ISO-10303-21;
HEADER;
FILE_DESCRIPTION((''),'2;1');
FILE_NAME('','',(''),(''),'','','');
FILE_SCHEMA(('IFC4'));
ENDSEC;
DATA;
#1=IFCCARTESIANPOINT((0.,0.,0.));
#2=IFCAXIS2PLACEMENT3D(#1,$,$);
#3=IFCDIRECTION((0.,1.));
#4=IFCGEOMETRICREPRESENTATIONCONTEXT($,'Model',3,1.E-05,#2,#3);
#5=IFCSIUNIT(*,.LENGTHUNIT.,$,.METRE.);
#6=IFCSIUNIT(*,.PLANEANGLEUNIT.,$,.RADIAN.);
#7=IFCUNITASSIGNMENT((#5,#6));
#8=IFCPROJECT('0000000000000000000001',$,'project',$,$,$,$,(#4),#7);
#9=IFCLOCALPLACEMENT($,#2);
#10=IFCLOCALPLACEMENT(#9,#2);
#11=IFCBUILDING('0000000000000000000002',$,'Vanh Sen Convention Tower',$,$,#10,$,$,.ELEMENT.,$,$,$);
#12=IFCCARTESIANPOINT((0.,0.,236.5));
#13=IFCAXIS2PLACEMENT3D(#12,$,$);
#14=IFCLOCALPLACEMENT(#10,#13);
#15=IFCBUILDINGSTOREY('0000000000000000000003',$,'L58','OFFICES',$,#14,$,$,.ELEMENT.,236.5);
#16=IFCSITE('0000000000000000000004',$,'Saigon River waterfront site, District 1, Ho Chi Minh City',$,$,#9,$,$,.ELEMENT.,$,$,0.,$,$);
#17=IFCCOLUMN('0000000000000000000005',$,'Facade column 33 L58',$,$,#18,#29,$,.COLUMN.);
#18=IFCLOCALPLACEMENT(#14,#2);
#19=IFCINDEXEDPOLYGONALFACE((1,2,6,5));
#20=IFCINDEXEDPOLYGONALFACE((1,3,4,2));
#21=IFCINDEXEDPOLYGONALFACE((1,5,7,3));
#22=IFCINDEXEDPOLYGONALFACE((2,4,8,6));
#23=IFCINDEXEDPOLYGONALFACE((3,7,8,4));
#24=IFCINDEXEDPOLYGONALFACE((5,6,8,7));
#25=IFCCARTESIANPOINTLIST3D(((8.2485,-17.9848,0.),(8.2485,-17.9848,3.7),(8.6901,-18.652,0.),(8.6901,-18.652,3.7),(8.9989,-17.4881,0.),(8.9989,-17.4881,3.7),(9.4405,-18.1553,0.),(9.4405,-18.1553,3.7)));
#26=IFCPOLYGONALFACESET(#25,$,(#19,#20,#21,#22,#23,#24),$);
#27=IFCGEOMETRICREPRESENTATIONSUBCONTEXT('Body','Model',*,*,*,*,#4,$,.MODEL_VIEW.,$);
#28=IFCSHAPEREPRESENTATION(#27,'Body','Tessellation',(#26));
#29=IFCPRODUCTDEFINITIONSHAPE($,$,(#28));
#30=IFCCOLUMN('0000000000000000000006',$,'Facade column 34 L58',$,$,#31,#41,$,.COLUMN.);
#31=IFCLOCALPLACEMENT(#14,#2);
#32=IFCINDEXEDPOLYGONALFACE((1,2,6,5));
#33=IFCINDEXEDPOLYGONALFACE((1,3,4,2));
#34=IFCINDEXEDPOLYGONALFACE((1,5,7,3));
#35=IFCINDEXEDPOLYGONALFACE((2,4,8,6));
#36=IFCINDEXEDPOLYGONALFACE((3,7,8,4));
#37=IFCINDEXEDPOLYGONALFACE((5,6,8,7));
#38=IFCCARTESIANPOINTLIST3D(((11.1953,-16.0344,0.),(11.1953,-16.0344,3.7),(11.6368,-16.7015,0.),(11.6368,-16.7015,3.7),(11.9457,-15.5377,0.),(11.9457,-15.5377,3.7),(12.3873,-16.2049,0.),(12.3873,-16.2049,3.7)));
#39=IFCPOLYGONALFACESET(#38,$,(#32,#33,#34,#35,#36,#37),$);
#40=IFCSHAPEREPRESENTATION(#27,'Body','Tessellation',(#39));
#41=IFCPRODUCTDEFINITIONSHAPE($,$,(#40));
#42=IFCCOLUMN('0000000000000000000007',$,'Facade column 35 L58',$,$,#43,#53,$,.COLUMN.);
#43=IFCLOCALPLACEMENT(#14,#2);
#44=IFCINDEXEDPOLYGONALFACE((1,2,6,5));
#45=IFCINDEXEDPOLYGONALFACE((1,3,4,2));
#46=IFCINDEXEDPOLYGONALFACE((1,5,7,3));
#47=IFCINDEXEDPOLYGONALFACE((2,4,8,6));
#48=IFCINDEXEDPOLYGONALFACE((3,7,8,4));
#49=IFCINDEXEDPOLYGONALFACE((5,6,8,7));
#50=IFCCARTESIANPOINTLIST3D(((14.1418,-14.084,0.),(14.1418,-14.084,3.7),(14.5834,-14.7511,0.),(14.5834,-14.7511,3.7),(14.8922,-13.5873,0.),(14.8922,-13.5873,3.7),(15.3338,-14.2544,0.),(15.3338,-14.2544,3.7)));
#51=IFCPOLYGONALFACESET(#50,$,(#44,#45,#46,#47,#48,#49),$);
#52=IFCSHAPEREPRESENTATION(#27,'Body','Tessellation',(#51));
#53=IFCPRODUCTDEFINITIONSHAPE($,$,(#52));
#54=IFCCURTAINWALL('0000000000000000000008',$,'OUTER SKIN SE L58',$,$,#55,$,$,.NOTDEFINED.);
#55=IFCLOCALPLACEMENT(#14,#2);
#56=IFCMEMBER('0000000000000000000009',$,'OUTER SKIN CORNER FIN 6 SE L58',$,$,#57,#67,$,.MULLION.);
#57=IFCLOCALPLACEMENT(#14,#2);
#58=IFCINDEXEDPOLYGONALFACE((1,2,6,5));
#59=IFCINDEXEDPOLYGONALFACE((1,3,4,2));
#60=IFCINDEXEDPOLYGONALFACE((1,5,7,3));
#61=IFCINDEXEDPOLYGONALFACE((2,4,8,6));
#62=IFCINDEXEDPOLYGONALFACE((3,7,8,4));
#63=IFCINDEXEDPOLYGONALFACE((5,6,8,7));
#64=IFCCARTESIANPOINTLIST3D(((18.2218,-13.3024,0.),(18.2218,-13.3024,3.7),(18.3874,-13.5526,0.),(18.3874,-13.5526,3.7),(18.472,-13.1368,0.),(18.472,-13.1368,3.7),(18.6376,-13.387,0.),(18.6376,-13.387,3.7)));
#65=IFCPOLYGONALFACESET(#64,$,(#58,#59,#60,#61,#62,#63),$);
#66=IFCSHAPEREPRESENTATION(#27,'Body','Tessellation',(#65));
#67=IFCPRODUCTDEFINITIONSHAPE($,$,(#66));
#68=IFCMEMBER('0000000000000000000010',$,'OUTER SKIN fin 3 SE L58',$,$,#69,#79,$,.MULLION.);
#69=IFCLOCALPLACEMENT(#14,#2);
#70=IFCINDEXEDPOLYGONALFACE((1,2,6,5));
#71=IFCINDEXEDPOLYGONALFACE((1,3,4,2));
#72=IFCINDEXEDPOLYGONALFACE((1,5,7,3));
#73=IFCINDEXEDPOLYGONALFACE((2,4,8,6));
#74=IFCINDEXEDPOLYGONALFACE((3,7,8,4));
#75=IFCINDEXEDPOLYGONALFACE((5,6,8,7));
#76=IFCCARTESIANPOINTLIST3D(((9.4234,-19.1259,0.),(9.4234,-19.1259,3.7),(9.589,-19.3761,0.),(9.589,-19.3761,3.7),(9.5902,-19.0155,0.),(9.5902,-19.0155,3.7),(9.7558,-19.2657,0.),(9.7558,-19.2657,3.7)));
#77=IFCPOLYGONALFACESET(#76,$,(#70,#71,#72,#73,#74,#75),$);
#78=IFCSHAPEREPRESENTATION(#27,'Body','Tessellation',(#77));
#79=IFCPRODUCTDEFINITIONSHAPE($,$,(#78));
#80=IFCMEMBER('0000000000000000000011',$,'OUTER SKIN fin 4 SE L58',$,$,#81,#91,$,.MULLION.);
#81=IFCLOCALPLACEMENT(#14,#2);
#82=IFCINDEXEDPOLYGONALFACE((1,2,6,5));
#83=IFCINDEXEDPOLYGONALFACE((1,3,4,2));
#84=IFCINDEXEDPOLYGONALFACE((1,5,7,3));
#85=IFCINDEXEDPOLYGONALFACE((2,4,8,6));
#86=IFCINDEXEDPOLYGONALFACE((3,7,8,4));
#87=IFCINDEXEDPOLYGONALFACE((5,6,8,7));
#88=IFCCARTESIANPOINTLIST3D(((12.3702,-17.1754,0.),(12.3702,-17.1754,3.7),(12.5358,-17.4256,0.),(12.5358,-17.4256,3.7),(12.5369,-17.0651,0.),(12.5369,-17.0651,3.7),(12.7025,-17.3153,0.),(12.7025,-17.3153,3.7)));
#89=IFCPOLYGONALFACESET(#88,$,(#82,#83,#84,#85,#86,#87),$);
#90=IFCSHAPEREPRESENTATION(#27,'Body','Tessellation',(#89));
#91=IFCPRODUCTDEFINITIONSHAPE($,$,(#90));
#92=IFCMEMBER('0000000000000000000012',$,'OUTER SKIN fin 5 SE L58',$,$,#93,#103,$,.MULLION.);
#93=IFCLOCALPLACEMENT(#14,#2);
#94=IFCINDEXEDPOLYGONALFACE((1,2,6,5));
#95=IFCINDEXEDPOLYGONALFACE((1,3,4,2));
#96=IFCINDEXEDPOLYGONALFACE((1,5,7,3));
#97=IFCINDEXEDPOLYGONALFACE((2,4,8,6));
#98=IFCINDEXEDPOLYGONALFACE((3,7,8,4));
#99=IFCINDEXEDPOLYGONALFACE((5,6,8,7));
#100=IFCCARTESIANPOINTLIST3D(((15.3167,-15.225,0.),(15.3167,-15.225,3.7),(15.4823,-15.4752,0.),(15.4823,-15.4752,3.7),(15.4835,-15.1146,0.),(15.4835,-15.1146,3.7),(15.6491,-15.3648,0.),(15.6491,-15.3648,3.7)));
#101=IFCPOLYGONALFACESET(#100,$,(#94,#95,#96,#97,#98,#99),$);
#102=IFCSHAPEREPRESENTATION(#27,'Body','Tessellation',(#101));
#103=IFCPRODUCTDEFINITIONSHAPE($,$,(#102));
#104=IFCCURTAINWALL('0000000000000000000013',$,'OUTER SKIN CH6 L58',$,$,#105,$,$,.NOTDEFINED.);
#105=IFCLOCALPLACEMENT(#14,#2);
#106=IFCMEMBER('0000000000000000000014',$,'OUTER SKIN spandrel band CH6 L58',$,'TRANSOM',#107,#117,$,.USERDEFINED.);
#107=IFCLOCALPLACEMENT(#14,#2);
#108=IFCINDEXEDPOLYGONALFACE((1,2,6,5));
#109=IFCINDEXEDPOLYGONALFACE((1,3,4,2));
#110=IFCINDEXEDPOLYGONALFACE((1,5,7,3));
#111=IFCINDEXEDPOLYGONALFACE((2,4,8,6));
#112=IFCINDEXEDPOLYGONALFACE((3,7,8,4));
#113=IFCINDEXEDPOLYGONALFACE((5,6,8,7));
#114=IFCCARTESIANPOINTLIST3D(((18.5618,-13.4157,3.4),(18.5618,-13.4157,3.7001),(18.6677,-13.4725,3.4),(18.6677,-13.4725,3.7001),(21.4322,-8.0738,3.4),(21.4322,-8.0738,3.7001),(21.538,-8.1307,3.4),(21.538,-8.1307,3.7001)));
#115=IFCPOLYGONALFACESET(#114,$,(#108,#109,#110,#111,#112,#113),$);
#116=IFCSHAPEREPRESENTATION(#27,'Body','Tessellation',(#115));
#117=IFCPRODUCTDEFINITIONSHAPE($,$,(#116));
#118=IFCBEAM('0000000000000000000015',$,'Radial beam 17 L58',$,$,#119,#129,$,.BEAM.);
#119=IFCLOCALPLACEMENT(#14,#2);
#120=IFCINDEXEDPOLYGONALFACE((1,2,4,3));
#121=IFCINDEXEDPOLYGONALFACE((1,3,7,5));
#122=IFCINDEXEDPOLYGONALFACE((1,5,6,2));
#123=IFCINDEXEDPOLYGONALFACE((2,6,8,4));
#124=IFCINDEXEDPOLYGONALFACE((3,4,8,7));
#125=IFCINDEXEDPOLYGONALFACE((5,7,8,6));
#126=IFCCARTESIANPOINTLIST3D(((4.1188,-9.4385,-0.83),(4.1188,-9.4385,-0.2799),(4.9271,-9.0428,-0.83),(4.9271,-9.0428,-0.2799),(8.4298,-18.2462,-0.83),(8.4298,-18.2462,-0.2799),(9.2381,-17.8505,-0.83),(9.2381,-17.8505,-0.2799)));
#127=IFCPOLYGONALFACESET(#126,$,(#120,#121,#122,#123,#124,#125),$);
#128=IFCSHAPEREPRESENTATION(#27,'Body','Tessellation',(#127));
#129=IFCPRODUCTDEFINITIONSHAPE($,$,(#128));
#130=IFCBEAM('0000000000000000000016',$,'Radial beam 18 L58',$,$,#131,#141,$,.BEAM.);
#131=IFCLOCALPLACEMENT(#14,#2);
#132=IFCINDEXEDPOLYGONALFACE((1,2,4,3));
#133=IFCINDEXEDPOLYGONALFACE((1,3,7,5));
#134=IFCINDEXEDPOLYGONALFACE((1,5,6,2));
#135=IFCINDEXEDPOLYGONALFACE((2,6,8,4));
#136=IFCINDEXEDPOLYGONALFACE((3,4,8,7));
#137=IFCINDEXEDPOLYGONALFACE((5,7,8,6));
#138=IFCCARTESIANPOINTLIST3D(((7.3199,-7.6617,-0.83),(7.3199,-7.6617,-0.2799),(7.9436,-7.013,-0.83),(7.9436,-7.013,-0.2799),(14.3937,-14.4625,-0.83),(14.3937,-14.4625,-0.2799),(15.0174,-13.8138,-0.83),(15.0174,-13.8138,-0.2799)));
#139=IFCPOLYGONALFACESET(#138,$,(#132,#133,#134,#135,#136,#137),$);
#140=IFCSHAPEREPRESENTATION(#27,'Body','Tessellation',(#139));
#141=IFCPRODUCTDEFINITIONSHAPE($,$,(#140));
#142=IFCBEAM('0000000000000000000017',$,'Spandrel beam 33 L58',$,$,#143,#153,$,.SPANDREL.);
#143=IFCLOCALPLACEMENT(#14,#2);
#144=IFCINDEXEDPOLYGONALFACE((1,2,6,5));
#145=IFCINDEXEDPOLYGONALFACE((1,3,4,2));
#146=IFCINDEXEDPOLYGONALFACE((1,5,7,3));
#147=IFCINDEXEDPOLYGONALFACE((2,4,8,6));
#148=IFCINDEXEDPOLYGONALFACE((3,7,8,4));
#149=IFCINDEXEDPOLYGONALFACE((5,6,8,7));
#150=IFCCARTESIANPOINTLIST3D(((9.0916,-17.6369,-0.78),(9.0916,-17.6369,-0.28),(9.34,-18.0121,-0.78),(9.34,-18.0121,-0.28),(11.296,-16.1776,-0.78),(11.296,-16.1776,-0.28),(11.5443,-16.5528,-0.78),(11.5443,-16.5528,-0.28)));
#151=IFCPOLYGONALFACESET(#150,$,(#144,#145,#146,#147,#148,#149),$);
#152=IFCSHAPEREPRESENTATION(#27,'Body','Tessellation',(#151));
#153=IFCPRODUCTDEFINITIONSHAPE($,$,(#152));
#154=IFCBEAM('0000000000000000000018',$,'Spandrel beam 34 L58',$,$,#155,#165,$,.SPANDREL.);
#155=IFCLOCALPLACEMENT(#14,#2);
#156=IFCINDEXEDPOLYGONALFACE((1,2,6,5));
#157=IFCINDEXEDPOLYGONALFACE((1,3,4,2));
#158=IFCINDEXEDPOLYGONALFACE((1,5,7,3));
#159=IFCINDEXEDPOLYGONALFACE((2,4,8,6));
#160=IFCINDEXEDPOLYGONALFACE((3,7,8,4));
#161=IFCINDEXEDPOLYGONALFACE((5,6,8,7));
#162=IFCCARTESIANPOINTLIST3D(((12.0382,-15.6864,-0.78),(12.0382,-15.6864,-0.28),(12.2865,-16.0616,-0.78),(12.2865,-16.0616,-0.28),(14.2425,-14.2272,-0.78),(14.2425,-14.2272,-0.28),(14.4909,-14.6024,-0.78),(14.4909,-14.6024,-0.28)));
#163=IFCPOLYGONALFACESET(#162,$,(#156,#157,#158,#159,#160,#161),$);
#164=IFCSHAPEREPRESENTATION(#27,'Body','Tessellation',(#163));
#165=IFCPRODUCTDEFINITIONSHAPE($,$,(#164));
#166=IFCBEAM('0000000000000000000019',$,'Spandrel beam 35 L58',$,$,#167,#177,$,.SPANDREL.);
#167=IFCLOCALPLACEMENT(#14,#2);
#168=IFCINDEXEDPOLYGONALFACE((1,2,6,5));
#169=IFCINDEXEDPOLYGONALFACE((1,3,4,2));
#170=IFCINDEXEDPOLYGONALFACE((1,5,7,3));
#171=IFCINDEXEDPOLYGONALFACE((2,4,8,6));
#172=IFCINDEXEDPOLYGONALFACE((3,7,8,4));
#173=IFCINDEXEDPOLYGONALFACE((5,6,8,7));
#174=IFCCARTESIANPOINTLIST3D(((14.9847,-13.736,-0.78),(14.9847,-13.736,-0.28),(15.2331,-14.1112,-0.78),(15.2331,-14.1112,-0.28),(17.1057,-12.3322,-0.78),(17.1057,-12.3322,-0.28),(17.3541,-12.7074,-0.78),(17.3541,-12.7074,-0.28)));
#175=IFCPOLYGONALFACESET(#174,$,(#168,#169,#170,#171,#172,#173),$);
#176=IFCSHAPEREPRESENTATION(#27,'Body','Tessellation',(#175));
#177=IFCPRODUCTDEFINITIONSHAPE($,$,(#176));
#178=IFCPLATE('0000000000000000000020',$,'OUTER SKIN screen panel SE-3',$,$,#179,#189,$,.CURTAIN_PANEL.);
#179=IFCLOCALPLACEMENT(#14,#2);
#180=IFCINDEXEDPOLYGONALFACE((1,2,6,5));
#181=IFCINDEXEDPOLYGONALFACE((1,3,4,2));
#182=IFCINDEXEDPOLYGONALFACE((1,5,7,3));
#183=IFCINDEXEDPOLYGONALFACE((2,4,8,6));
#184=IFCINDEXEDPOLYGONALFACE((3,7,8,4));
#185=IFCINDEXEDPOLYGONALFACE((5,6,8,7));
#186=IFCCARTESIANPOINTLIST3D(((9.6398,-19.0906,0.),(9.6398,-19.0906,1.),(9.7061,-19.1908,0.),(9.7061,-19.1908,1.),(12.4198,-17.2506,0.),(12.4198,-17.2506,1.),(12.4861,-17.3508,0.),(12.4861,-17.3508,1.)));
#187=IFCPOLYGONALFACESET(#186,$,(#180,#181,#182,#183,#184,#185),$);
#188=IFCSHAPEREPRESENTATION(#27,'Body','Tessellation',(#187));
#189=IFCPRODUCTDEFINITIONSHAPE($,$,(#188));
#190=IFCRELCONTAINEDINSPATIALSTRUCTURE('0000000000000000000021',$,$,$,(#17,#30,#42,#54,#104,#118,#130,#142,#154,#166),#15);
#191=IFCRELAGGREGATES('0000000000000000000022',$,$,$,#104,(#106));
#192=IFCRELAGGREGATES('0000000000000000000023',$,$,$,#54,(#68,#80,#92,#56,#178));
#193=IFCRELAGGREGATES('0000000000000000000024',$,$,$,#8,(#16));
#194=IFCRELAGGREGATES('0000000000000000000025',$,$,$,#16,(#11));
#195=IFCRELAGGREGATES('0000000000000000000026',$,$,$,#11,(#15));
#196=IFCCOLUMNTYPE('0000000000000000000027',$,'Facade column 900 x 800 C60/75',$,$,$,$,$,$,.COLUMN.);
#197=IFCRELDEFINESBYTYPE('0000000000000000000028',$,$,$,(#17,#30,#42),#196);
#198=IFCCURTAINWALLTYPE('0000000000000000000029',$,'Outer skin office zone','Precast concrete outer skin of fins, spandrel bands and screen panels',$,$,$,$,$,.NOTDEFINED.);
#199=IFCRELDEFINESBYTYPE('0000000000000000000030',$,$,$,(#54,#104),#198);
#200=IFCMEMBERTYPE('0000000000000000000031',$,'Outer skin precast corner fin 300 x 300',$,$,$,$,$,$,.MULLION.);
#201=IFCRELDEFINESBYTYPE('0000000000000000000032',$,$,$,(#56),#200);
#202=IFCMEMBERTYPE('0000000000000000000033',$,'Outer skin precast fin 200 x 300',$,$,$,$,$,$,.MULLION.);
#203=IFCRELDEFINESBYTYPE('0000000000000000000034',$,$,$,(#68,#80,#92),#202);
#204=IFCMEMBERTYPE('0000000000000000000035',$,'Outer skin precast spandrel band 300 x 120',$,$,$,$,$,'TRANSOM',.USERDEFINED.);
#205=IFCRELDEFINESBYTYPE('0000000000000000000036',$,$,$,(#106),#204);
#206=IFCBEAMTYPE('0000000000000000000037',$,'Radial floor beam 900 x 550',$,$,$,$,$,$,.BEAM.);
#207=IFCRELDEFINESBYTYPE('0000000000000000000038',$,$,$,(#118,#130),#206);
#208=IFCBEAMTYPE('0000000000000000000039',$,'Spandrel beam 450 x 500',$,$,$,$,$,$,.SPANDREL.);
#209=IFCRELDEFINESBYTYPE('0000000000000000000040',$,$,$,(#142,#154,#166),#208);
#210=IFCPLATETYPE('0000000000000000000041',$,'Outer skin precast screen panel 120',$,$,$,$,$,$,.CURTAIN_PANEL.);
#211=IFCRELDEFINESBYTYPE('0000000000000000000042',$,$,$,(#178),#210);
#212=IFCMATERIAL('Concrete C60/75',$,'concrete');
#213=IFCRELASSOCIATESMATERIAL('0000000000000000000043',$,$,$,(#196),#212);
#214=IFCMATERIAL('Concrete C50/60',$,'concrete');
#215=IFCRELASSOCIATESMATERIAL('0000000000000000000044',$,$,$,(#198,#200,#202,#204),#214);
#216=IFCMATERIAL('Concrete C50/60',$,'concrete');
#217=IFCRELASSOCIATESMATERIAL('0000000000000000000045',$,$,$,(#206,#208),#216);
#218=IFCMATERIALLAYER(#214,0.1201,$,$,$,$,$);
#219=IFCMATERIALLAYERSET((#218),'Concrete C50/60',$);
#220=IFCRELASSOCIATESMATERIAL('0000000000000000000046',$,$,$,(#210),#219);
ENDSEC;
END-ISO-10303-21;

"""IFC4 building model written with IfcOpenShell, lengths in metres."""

from ifc_helpers import new_model, si_unit, direction, frame, origin, origin_2d, place, context, subcontext, project, spatial, rectangle, extrude, material, layer, layer_set, material_profile, profile_set, type_object, element, aggregate, save


model = new_model("IFC4")

# Units and contexts
model_context = context("Model", 3, precision=1e-05, world=origin(), true_north=direction((0.0, 1.0)))
body_context = subcontext(model_context, "Body", "Model", "MODEL_VIEW")
ifc_project = project(units=[si_unit("LENGTHUNIT", "METRE"), si_unit("PLANEANGLEUNIT", "RADIAN")], contexts=[model_context])

# Site, building, storey
site_placement = place(None, origin())
site = spatial("IfcSite", under=ifc_project, at=site_placement, Name="Saigon River waterfront site, District 1, Ho Chi Minh City", CompositionType="ELEMENT", RefElevation=0.0)
building_placement = place(site_placement, origin())
building = spatial("IfcBuilding", under=site, at=building_placement, Name="Vanh Sen Convention Tower", CompositionType="ELEMENT")
storey_placement = place(building_placement, frame((0.0, 0.0, 236.5)))
storey = spatial("IfcBuildingStorey", under=building, at=storey_placement, Name="L58", Description="OFFICES", CompositionType="ELEMENT", Elevation=236.5)

# Columns
ifc_material_1 = material(Name="Concrete C60/75", Category="concrete")
ifc_material_profile_1 = material_profile(ifc_material_1, rectangle(XDim=0.8999, YDim=0.8, at=origin_2d()), Name="RC 900X800")
ifc_profile_set_1 = profile_set([ifc_material_profile_1], Name="Concrete C60/75")
column_type = type_object("IfcColumnType", Name="Facade column 900 x 800 C60/75", PredefinedType="COLUMN", material=ifc_profile_set_1)
for number, where, z_axis, x_axis, name in (
    (1, (8.8445, -18.0701, 0.0), (0.0, 0.0, 1.0), (0.833886, 0.551937, 0.0), "Facade column 33 L58"),
    (2, (11.7913, -16.1196, 0.0), (0.0, 0.0, 1.0), (0.833886, 0.551937, 0.0), "Facade column 34 L58"),
    (3, (14.7378, -14.1692, 0.0), (0.0, 0.0, 1.0), (0.833886, 0.551937, 0.0), "Facade column 35 L58"),
):
    element("IfcColumn", number, at=place(storey_placement, frame(where, z_axis=z_axis, x_axis=x_axis)), inside=storey, type_object=column_type, Name=name, PredefinedType="COLUMN", context=body_context, shape_type="SweptSolid", body=[
        extrude(rectangle(XDim=0.8999, YDim=0.8, at=origin_2d()), origin(), (0.0, 0.0, 1.0), 3.7),
    ])

# Curtain wall, members
ifc_material_2 = material(Name="Concrete C50/60", Category="concrete")
curtain_wall_type = type_object("IfcCurtainWallType", Name="Outer skin office zone", Description="Precast concrete outer skin of fins, spandrel bands and screen panels", PredefinedType="NOTDEFINED", material=ifc_material_2)
curtain_wall_1_placement = place(storey_placement, origin())
curtain_wall_1 = element("IfcCurtainWall", 4, at=curtain_wall_1_placement, inside=storey, type_object=curtain_wall_type, Name="OUTER SKIN SE L58", PredefinedType="NOTDEFINED")
ifc_material_profile_2 = material_profile(ifc_material_2, rectangle(XDim=0.3, YDim=0.3, at=origin_2d()), Name="Outer skin precast corner fin 300 x 300")
ifc_profile_set_2 = profile_set([ifc_material_profile_2], Name="Concrete C50/60")
member_type_1 = type_object("IfcMemberType", Name="Outer skin precast corner fin 300 x 300", PredefinedType="MULLION", material=ifc_profile_set_2)
member_1_placement = place(storey_placement, frame((18.4297, -13.3447, 0.0), z_axis=(0.0, 0.0, 1.0), x_axis=(0.833886, 0.551937, 0.0)))
member_1 = element("IfcMember", 5, at=member_1_placement, type_object=member_type_1, Name="OUTER SKIN CORNER FIN 6 SE L58", PredefinedType="MULLION", context=body_context, shape_type="SweptSolid", body=[
    extrude(rectangle(XDim=0.3, YDim=0.3, at=origin_2d()), origin(), (0.0, 0.0, 1.0), 3.7),
])
ifc_material_profile_3 = material_profile(ifc_material_2, rectangle(XDim=0.2, YDim=0.3, at=origin_2d()), Name="Outer skin precast fin 200 x 300")
ifc_profile_set_3 = profile_set([ifc_material_profile_3], Name="Concrete C50/60")
member_type_2 = type_object("IfcMemberType", Name="Outer skin precast fin 200 x 300", PredefinedType="MULLION", material=ifc_profile_set_3)
member_2_placement = place(storey_placement, frame((9.5896, -19.1958, 0.0), z_axis=(0.0, 0.0, 1.0), x_axis=(0.833886, 0.551937, 0.0)))
member_2 = element("IfcMember", 6, at=member_2_placement, type_object=member_type_2, Name="OUTER SKIN fin 3 SE L58", PredefinedType="MULLION", context=body_context, shape_type="SweptSolid", body=[
    extrude(rectangle(XDim=0.2, YDim=0.3, at=origin_2d()), origin(), (0.0, 0.0, 1.0), 3.7),
])
member_3_placement = place(storey_placement, frame((12.5364, -17.2454, 0.0), z_axis=(0.0, 0.0, 1.0), x_axis=(0.833886, 0.551937, 0.0)))
member_3 = element("IfcMember", 7, at=member_3_placement, type_object=member_type_2, Name="OUTER SKIN fin 4 SE L58", PredefinedType="MULLION", context=body_context, shape_type="SweptSolid", body=[
    extrude(rectangle(XDim=0.2, YDim=0.3, at=origin_2d()), origin(), (0.0, 0.0, 1.0), 3.7),
])
member_4_placement = place(storey_placement, frame((15.4829, -15.2949, 0.0), z_axis=(0.0, 0.0, 1.0), x_axis=(0.833886, 0.551937, 0.0)))
member_4 = element("IfcMember", 8, at=member_4_placement, type_object=member_type_2, Name="OUTER SKIN fin 5 SE L58", PredefinedType="MULLION", context=body_context, shape_type="SweptSolid", body=[
    extrude(rectangle(XDim=0.2, YDim=0.3, at=origin_2d()), origin(), (0.0, 0.0, 1.0), 3.7),
])

# Curtain wall, member
curtain_wall_2_placement = place(storey_placement, origin())
curtain_wall_2 = element("IfcCurtainWall", 9, at=curtain_wall_2_placement, inside=storey, type_object=curtain_wall_type, Name="OUTER SKIN CH6 L58", PredefinedType="NOTDEFINED")
ifc_material_profile_4 = material_profile(ifc_material_2, rectangle(XDim=0.1201, YDim=0.3, at=origin_2d()), Name="Outer skin precast spandrel band 300 x 120")
ifc_profile_set_4 = profile_set([ifc_material_profile_4], Name="Concrete C50/60")
member_type_3 = type_object("IfcMemberType", Name="Outer skin precast spandrel band 300 x 120", ElementType="TRANSOM", PredefinedType="USERDEFINED", material=ifc_profile_set_4)
member_5_placement = place(storey_placement, frame((18.6147, -13.4441, 3.55), z_axis=(0.473334, 0.880883, 0.0), x_axis=(-0.880883, 0.473334, 0.0)))
member_5 = element("IfcMember", 10, at=member_5_placement, type_object=member_type_3, Name="OUTER SKIN spandrel band CH6 L58", ObjectType="TRANSOM", PredefinedType="USERDEFINED", context=body_context, shape_type="SweptSolid", body=[
    extrude(rectangle(XDim=0.1201, YDim=0.3, at=origin_2d()), origin(), (0.0, 0.0, 1.0), 6.0642),
])
aggregate(curtain_wall_2, [member_5])

# Beams
ifc_material_3 = material(Name="Concrete C50/60", Category="concrete")
ifc_material_profile_5 = material_profile(ifc_material_3, rectangle(XDim=0.8999, YDim=0.55, at=origin_2d()), Name="RC 900X550")
ifc_profile_set_5 = profile_set([ifc_material_profile_5], Name="Concrete C50/60")
beam_type_1 = type_object("IfcBeamType", Name="Radial floor beam 900 x 550", PredefinedType="BEAM", material=ifc_profile_set_5)
beam_1_placement = place(storey_placement, frame((8.834, -18.0483, -0.5549), z_axis=(-0.439629, 0.898179, 0.0), x_axis=(-0.898179, -0.439629, 0.0)))
element("IfcBeam", 11, at=beam_1_placement, inside=storey, type_object=beam_type_1, Name="Radial beam 17 L58", PredefinedType="BEAM", context=body_context, shape_type="SweptSolid", body=[
    extrude(rectangle(XDim=0.8999, YDim=0.55, at=origin_2d()), origin(), (0.0, 0.0, 1.0), 9.8062),
])
beam_2_placement = place(storey_placement, frame((14.7056, -14.1382, -0.5549), z_axis=(-0.720878, 0.693062, 0.0), x_axis=(-0.693062, -0.720878, 0.0)))
element("IfcBeam", 12, at=beam_2_placement, inside=storey, type_object=beam_type_1, Name="Radial beam 18 L58", PredefinedType="BEAM", context=body_context, shape_type="SweptSolid", body=[
    extrude(rectangle(XDim=0.8999, YDim=0.55, at=origin_2d()), origin(), (0.0, 0.0, 1.0), 9.8127),
])
ifc_material_profile_6 = material_profile(ifc_material_3, rectangle(XDim=0.45, YDim=0.5, at=origin_2d()), Name="RC 450X500")
ifc_profile_set_6 = profile_set([ifc_material_profile_6], Name="Concrete C50/60")
beam_type_2 = type_object("IfcBeamType", Name="Spandrel beam 450 x 500", PredefinedType="SPANDREL", material=ifc_profile_set_6)
for number, where, z_axis, x_axis, name in (
    (13, (9.2158, -17.8245, -0.53), (0.83385, 0.551991, 0.0), (-0.551991, 0.83385, 0.0), "Spandrel beam 33 L58"),
    (14, (12.1624, -15.874, -0.53), (0.83385, 0.551991, 0.0), (-0.551991, 0.83385, 0.0), "Spandrel beam 34 L58"),
):
    element("IfcBeam", number, at=place(storey_placement, frame(where, z_axis=z_axis, x_axis=x_axis)), inside=storey, type_object=beam_type_2, Name=name, PredefinedType="SPANDREL", context=body_context, shape_type="SweptSolid", body=[
        extrude(rectangle(XDim=0.45, YDim=0.5, at=origin_2d()), origin(), (0.0, 0.0, 1.0), 2.6436),
    ])
beam_3_placement = place(storey_placement, frame((15.1089, -13.9236, -0.53), z_axis=(0.833906, 0.551906, 0.0), x_axis=(-0.551906, 0.833906, 0.0)))
element("IfcBeam", 15, at=beam_3_placement, inside=storey, type_object=beam_type_2, Name="Spandrel beam 35 L58", PredefinedType="SPANDREL", context=body_context, shape_type="SweptSolid", body=[
    extrude(rectangle(XDim=0.45, YDim=0.5, at=origin_2d()), origin(), (0.0, 0.0, 1.0), 2.5435),
])

# Plate
ifc_layer_1 = layer(ifc_material_2, 0.1201)
ifc_layer_set_1 = layer_set([ifc_layer_1], Name="Concrete C50/60")
plate_type = type_object("IfcPlateType", Name="Outer skin precast screen panel 120", PredefinedType="CURTAIN_PANEL", material=ifc_layer_set_1)
plate_1_placement = place(storey_placement, frame((11.063, -18.2207, 0.0), z_axis=(0.0, 0.0, 1.0), x_axis=(0.833896, 0.551921, 0.0)))
plate_1 = element("IfcPlate", 16, at=plate_1_placement, type_object=plate_type, Name="OUTER SKIN screen panel SE-3", PredefinedType="CURTAIN_PANEL", context=body_context, shape_type="SweptSolid", body=[
    extrude(rectangle(XDim=3.3337, YDim=0.1201, at=origin_2d()), origin(), (0.0, 0.0, 1.0), 1.0),
])
aggregate(curtain_wall_1, [member_2, member_3, member_4, member_1, plate_1])

save(model, "model.ifc")
